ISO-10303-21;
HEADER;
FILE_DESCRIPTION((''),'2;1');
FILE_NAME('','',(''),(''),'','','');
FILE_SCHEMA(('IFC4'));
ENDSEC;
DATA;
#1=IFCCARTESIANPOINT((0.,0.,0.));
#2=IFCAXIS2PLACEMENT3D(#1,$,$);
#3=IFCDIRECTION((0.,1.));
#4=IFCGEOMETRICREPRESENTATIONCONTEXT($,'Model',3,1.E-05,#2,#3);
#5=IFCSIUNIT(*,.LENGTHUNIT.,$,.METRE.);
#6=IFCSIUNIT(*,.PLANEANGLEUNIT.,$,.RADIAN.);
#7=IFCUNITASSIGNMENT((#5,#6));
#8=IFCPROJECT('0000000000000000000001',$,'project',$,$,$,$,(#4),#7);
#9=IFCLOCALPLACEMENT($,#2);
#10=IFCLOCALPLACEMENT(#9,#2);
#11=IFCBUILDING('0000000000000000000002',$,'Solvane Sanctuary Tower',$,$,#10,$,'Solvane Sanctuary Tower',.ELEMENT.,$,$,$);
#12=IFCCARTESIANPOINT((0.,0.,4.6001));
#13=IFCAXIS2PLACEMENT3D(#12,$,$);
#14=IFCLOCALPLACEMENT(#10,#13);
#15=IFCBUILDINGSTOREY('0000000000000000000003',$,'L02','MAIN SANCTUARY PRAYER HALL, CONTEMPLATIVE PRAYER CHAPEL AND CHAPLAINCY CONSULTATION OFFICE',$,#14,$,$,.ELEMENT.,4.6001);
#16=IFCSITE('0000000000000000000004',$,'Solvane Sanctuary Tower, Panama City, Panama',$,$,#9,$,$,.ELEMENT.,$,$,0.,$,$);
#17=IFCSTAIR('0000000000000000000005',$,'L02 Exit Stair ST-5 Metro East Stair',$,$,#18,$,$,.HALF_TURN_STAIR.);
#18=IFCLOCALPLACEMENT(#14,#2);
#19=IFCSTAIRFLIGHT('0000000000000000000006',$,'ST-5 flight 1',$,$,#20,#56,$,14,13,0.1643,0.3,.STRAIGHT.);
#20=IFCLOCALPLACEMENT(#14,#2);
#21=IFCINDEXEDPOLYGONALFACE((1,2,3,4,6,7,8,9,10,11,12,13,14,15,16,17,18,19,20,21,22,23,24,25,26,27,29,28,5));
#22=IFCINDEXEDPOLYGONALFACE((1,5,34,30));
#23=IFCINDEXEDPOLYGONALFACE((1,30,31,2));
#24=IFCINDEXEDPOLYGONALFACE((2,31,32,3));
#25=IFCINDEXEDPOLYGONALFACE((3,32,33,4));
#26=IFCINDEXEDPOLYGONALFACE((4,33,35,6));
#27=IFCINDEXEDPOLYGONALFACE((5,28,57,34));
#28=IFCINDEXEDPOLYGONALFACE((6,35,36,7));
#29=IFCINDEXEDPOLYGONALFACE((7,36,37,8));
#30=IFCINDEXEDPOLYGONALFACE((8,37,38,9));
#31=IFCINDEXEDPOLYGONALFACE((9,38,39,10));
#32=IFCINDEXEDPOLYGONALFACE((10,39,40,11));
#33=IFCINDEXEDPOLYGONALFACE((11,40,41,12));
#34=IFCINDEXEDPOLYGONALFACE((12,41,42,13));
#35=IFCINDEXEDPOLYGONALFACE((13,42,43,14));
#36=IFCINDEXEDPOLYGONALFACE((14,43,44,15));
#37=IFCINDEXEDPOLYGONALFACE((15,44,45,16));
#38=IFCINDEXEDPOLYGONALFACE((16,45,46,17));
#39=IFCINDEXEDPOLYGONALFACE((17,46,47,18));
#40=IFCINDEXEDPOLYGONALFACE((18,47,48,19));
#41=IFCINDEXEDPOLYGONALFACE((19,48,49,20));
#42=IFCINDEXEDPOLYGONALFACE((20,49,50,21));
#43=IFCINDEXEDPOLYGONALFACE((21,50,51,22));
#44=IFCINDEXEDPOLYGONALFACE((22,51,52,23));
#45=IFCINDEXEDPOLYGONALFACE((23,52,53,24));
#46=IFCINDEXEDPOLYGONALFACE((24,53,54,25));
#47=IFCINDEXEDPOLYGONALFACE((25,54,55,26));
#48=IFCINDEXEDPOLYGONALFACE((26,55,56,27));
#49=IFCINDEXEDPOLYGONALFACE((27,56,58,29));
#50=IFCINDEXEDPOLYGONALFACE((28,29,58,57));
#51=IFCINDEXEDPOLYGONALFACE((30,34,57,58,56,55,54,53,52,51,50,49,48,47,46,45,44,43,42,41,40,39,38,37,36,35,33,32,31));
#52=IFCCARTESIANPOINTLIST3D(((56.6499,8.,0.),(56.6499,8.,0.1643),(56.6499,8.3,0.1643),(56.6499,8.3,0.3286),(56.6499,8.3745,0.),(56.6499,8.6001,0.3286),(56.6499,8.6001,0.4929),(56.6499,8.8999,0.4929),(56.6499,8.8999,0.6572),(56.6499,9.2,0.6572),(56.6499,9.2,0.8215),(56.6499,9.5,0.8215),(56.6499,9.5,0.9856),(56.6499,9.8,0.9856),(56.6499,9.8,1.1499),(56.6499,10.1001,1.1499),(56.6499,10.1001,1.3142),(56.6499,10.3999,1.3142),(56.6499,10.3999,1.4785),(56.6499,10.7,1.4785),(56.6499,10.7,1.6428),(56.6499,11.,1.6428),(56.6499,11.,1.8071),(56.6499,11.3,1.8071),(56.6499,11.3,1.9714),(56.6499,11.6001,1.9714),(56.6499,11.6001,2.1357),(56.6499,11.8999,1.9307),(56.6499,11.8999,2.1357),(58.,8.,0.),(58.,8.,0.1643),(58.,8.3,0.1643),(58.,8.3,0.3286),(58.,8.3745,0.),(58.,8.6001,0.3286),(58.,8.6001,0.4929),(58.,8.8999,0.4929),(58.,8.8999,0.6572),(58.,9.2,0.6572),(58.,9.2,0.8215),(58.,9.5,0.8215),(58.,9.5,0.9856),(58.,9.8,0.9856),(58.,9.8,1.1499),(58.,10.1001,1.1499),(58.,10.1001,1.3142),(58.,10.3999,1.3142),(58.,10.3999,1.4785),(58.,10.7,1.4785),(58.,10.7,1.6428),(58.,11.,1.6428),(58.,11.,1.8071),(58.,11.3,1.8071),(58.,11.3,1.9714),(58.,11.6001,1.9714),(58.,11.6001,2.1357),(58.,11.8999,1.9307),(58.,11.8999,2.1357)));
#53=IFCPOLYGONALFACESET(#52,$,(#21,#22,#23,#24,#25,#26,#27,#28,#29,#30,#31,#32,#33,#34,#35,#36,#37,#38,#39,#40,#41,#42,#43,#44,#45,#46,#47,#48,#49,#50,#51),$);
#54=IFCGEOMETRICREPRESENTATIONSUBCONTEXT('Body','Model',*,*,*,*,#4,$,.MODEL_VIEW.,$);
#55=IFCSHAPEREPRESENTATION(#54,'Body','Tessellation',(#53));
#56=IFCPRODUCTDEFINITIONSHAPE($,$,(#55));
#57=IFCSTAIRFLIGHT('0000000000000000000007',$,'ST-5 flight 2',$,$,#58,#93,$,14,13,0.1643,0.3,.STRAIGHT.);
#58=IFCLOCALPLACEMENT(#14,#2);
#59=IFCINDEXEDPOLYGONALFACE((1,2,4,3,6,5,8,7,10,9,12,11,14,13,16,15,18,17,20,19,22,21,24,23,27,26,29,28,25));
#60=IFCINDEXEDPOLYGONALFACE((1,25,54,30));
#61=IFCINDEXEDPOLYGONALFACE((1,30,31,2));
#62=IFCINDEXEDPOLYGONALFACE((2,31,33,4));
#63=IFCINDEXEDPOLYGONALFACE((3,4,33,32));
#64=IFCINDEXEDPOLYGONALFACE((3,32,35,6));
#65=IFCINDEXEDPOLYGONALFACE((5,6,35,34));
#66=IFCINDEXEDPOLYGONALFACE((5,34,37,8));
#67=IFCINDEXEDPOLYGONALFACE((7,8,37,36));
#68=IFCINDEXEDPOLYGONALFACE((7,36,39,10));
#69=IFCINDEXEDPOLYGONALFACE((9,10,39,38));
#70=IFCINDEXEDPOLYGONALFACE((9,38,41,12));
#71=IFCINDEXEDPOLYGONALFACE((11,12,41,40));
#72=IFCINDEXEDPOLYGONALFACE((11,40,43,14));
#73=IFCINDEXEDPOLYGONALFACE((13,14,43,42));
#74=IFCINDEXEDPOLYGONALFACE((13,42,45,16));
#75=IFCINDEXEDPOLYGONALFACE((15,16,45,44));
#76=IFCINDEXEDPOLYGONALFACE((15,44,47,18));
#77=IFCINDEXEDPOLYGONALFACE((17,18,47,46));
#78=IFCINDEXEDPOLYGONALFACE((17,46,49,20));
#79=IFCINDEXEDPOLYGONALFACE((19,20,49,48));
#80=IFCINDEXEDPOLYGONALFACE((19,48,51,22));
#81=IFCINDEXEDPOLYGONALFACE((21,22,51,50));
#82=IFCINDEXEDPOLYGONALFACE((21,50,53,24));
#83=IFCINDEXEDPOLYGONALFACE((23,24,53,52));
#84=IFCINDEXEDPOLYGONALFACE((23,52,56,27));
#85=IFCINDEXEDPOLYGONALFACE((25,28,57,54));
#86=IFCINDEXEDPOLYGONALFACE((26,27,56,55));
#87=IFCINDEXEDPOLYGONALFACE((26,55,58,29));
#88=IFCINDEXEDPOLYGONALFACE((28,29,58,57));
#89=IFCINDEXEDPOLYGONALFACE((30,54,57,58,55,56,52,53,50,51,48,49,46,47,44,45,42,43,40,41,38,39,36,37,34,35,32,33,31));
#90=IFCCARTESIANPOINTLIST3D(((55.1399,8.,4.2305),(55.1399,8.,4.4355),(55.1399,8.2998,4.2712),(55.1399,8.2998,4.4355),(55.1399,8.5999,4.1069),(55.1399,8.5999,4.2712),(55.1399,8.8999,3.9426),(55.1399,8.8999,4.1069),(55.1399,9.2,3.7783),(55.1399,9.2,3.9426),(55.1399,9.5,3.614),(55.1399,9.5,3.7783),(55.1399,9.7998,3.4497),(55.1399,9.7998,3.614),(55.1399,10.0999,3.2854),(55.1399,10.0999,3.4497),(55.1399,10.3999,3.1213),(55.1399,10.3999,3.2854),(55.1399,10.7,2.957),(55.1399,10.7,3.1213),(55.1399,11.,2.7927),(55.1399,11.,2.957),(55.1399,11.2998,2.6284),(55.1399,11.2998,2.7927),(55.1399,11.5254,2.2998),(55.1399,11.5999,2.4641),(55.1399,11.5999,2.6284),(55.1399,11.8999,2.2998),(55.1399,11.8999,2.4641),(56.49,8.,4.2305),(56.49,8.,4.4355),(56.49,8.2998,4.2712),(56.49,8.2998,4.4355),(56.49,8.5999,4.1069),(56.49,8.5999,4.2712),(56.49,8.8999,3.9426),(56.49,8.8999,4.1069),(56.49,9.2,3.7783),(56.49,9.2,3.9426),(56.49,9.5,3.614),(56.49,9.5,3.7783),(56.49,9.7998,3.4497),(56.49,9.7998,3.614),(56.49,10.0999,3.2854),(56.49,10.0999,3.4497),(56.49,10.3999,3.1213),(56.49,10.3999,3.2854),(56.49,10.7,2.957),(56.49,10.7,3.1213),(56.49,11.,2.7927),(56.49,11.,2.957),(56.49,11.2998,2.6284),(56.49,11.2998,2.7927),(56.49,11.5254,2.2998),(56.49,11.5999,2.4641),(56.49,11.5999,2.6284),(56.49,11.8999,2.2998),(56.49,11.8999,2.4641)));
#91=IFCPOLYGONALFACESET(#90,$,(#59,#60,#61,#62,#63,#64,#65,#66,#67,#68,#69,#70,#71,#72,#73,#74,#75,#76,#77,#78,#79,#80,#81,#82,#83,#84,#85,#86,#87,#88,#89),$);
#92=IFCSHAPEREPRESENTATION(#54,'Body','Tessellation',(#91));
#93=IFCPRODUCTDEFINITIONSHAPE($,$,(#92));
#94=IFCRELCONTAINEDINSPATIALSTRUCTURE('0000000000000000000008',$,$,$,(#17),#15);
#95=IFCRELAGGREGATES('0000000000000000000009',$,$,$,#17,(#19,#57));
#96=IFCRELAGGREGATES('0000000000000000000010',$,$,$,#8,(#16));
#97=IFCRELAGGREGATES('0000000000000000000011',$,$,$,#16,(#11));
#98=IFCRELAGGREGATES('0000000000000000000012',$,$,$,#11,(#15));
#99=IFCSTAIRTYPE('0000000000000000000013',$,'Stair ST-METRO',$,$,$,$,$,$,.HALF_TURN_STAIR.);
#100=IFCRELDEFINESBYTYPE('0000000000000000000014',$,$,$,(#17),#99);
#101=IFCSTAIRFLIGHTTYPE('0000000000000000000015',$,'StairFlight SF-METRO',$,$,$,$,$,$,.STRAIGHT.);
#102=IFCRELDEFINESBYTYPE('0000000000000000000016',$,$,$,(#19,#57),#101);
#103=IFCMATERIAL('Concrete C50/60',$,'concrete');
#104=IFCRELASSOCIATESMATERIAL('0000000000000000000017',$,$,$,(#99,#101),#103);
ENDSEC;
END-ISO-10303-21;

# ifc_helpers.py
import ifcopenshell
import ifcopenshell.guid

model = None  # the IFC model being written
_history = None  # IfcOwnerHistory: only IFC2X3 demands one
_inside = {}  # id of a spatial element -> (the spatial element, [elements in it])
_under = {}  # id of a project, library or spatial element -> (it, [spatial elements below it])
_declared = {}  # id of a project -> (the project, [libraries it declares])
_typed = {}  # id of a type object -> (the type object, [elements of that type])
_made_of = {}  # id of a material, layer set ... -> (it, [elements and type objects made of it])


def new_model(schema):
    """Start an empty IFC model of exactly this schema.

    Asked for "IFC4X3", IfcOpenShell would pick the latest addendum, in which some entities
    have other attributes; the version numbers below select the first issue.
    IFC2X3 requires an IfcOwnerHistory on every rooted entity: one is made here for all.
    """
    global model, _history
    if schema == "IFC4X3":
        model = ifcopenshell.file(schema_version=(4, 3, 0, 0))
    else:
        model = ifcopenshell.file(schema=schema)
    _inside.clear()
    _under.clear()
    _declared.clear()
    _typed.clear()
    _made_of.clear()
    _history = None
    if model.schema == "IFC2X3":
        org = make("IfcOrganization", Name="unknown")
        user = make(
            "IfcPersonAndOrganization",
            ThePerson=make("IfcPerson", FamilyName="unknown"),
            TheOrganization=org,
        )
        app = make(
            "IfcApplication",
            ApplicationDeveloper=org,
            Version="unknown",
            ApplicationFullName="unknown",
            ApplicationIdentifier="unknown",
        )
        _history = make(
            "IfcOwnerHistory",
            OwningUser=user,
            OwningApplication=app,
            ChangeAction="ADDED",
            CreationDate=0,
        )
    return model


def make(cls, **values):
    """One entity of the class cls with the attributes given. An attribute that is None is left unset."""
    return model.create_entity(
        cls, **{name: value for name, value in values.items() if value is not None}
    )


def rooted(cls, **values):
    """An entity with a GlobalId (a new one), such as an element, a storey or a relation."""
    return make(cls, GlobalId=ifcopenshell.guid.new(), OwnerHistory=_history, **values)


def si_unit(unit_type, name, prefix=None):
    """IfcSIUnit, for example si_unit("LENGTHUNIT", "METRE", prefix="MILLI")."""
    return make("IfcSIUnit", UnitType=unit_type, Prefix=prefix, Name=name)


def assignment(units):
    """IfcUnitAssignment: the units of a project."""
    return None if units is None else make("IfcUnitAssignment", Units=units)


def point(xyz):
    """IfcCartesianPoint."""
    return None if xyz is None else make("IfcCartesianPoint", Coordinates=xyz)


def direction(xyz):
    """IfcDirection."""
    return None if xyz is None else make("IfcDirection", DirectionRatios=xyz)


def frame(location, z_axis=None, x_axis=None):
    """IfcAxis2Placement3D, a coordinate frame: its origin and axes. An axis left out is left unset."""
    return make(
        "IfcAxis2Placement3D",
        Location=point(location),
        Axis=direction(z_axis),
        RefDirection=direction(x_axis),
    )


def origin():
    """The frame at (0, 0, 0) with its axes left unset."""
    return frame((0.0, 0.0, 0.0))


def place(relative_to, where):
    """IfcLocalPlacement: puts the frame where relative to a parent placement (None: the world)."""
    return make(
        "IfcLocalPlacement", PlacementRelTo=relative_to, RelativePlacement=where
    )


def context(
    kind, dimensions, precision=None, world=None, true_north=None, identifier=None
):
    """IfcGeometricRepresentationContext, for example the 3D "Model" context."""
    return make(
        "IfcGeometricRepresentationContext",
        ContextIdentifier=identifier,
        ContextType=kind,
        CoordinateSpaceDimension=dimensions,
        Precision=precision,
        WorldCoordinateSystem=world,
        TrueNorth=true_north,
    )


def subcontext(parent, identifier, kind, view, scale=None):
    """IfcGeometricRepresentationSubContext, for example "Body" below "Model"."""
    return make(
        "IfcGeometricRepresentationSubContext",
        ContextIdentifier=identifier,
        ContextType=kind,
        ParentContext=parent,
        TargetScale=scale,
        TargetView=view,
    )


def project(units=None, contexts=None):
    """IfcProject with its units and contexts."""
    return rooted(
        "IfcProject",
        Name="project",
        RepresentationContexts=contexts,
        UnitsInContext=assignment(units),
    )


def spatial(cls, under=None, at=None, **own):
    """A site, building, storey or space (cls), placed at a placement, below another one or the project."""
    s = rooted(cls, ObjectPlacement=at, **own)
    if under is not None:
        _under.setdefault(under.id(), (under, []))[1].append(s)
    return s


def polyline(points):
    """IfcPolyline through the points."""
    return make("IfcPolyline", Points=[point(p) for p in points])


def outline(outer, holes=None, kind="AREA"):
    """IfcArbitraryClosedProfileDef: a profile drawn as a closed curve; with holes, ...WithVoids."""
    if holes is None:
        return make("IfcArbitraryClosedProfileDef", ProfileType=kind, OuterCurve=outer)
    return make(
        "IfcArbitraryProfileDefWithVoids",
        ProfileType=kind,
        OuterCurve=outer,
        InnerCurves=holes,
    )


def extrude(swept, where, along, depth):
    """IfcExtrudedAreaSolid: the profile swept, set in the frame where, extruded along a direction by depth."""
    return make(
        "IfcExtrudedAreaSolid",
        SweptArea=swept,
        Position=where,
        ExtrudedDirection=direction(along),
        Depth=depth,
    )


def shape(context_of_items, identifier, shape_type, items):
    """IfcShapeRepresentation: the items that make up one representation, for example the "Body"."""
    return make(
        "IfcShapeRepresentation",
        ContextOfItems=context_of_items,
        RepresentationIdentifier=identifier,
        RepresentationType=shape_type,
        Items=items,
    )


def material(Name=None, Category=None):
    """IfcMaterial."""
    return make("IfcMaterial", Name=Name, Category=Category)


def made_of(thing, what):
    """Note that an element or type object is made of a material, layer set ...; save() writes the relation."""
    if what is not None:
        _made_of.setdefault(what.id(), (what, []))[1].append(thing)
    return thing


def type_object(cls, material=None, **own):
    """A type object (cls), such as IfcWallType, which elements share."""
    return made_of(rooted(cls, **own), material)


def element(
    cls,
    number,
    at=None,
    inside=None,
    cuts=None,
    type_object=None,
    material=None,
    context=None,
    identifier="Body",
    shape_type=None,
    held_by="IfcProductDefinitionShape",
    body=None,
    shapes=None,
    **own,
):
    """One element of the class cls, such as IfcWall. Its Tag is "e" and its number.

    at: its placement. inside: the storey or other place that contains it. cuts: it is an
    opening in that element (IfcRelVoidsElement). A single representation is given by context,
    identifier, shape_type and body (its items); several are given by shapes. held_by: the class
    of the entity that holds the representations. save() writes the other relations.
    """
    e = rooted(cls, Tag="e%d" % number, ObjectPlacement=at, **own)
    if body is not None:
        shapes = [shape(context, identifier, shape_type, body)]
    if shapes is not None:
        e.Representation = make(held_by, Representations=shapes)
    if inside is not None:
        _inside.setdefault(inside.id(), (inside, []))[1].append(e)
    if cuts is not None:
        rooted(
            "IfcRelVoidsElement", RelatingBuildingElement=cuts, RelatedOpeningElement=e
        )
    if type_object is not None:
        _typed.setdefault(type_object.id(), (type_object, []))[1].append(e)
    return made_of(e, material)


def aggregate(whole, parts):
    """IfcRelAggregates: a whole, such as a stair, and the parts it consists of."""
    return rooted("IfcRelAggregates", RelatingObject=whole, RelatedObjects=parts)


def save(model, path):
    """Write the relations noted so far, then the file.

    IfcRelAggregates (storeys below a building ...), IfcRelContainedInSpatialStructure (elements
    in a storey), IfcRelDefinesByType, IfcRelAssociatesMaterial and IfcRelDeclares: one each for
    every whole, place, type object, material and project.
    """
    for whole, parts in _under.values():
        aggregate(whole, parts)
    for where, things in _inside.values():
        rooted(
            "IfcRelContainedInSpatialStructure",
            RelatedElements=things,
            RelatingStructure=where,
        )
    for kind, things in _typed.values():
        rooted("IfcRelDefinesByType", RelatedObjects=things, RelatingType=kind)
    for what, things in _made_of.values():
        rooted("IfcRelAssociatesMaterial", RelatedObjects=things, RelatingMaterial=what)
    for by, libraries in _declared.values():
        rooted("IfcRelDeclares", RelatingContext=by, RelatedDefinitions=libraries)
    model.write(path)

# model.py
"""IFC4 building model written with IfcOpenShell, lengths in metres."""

from ifc_helpers import new_model, si_unit, direction, frame, origin, place, context, subcontext, project, spatial, polyline, outline, extrude, material, type_object, element, aggregate, save


model = new_model("IFC4")

# Units and contexts
model_context = context("Model", 3, precision=1e-05, world=origin(), true_north=direction((0.0, 1.0)))
body_context = subcontext(model_context, "Body", "Model", "MODEL_VIEW")
ifc_project = project(units=[si_unit("LENGTHUNIT", "METRE"), si_unit("PLANEANGLEUNIT", "RADIAN")], contexts=[model_context])

# Site, building, storey
site_placement = place(None, origin())
site = spatial("IfcSite", under=ifc_project, at=site_placement, Name="Solvane Sanctuary Tower, Panama City, Panama", CompositionType="ELEMENT", RefElevation=0.0)
building_placement = place(site_placement, origin())
building = spatial("IfcBuilding", under=site, at=building_placement, Name="Solvane Sanctuary Tower", LongName="Solvane Sanctuary Tower", CompositionType="ELEMENT")
storey_placement = place(building_placement, frame((0.0, 0.0, 4.6001)))
storey = spatial("IfcBuildingStorey", under=building, at=storey_placement, Name="L02", Description="MAIN SANCTUARY PRAYER HALL, CONTEMPLATIVE PRAYER CHAPEL AND CHAPLAINCY CONSULTATION OFFICE", CompositionType="ELEMENT", Elevation=4.6001)

# Shared definitions
ifc_material_1 = material(Name="Concrete C50/60", Category="concrete")

# Stair, stair flights
stair_type = type_object("IfcStairType", Name="Stair ST-METRO", PredefinedType="HALF_TURN_STAIR", material=ifc_material_1)
stair_placement = place(storey_placement, origin())
stair = element("IfcStair", 1, at=stair_placement, inside=storey, type_object=stair_type, Name="L02 Exit Stair ST-5 Metro East Stair", PredefinedType="HALF_TURN_STAIR")
stair_flight_type = type_object("IfcStairFlightType", Name="StairFlight SF-METRO", PredefinedType="STRAIGHT", material=ifc_material_1)
stair_flight_1_placement = place(storey_placement, frame((57.325, 8.0, 0.0), z_axis=(0.0, 0.0, 1.0), x_axis=(0.0, 1.0, 0.0)))
stair_flight_1 = element("IfcStairFlight", 2, at=stair_flight_1_placement, type_object=stair_flight_type, Name="ST-5 flight 1", NumberOfRisers=14, NumberOfTreads=13, PredefinedType="STRAIGHT", RiserHeight=0.1643, TreadLength=0.3, context=body_context, shape_type="SweptSolid", body=[
    extrude(outline(polyline([(0.0, 0.0), (0.0, 0.1643), (0.3, 0.1643), (0.3, 0.3286), (0.6001, 0.3286), (0.6001, 0.4929), (0.8999, 0.4929), (0.8999, 0.6572), (1.2, 0.6572), (1.2, 0.8215), (1.5, 0.8215), (1.5, 0.9856), (1.8, 0.9856), (1.8, 1.1499), (2.1001, 1.1499), (2.1001, 1.3142), (2.3999, 1.3142), (2.3999, 1.4785), (2.7, 1.4785), (2.7, 1.6428), (3.0, 1.6428), (3.0, 1.8071), (3.3, 1.8071), (3.3, 1.9714), (3.6001, 1.9714), (3.6001, 2.1357), (3.8999, 2.1357), (3.8999, 2.3), (3.8999, 1.9307), (0.3745, 0.0), (0.0, 0.0)])), frame((0.0, 0.675, 0.0), z_axis=(0.0, -1.0, 0.0), x_axis=(1.0, 0.0, 0.0)), (0.0, 0.0, 1.0), 1.3501),
])
stair_flight_2_placement = place(storey_placement, frame((55.8149, 11.8999, 2.2998), z_axis=(0.0, 0.0, 1.0), x_axis=(0.0, -1.0, 0.0)))
stair_flight_2 = element("IfcStairFlight", 3, at=stair_flight_2_placement, type_object=stair_flight_type, Name="ST-5 flight 2", NumberOfRisers=14, NumberOfTreads=13, PredefinedType="STRAIGHT", RiserHeight=0.1643, TreadLength=0.3, context=body_context, shape_type="SweptSolid", body=[
    extrude(outline(polyline([(0.0, 0.0), (0.0, 0.1643), (0.3, 0.1643), (0.3, 0.3286), (0.6001, 0.3286), (0.6001, 0.4929), (0.8999, 0.4929), (0.8999, 0.6572), (1.2, 0.6572), (1.2, 0.8215), (1.5, 0.8215), (1.5, 0.9856), (1.8, 0.9856), (1.8, 1.1499), (2.1001, 1.1499), (2.1001, 1.3142), (2.3999, 1.3142), (2.3999, 1.4785), (2.7, 1.4785), (2.7, 1.6428), (3.0, 1.6428), (3.0, 1.8071), (3.3, 1.8071), (3.3, 1.9714), (3.6001, 1.9714), (3.6001, 2.1357), (3.8999, 2.1357), (3.8999, 2.3), (3.8999, 1.9307), (0.3745, 0.0), (0.0, 0.0)])), frame((0.0, 0.675, 0.0), z_axis=(0.0, -1.0, 0.0), x_axis=(1.0, 0.0, 0.0)), (0.0, 0.0, 1.0), 1.3501),
])
aggregate(stair, [stair_flight_1, stair_flight_2])

save(model, "model.ifc")
